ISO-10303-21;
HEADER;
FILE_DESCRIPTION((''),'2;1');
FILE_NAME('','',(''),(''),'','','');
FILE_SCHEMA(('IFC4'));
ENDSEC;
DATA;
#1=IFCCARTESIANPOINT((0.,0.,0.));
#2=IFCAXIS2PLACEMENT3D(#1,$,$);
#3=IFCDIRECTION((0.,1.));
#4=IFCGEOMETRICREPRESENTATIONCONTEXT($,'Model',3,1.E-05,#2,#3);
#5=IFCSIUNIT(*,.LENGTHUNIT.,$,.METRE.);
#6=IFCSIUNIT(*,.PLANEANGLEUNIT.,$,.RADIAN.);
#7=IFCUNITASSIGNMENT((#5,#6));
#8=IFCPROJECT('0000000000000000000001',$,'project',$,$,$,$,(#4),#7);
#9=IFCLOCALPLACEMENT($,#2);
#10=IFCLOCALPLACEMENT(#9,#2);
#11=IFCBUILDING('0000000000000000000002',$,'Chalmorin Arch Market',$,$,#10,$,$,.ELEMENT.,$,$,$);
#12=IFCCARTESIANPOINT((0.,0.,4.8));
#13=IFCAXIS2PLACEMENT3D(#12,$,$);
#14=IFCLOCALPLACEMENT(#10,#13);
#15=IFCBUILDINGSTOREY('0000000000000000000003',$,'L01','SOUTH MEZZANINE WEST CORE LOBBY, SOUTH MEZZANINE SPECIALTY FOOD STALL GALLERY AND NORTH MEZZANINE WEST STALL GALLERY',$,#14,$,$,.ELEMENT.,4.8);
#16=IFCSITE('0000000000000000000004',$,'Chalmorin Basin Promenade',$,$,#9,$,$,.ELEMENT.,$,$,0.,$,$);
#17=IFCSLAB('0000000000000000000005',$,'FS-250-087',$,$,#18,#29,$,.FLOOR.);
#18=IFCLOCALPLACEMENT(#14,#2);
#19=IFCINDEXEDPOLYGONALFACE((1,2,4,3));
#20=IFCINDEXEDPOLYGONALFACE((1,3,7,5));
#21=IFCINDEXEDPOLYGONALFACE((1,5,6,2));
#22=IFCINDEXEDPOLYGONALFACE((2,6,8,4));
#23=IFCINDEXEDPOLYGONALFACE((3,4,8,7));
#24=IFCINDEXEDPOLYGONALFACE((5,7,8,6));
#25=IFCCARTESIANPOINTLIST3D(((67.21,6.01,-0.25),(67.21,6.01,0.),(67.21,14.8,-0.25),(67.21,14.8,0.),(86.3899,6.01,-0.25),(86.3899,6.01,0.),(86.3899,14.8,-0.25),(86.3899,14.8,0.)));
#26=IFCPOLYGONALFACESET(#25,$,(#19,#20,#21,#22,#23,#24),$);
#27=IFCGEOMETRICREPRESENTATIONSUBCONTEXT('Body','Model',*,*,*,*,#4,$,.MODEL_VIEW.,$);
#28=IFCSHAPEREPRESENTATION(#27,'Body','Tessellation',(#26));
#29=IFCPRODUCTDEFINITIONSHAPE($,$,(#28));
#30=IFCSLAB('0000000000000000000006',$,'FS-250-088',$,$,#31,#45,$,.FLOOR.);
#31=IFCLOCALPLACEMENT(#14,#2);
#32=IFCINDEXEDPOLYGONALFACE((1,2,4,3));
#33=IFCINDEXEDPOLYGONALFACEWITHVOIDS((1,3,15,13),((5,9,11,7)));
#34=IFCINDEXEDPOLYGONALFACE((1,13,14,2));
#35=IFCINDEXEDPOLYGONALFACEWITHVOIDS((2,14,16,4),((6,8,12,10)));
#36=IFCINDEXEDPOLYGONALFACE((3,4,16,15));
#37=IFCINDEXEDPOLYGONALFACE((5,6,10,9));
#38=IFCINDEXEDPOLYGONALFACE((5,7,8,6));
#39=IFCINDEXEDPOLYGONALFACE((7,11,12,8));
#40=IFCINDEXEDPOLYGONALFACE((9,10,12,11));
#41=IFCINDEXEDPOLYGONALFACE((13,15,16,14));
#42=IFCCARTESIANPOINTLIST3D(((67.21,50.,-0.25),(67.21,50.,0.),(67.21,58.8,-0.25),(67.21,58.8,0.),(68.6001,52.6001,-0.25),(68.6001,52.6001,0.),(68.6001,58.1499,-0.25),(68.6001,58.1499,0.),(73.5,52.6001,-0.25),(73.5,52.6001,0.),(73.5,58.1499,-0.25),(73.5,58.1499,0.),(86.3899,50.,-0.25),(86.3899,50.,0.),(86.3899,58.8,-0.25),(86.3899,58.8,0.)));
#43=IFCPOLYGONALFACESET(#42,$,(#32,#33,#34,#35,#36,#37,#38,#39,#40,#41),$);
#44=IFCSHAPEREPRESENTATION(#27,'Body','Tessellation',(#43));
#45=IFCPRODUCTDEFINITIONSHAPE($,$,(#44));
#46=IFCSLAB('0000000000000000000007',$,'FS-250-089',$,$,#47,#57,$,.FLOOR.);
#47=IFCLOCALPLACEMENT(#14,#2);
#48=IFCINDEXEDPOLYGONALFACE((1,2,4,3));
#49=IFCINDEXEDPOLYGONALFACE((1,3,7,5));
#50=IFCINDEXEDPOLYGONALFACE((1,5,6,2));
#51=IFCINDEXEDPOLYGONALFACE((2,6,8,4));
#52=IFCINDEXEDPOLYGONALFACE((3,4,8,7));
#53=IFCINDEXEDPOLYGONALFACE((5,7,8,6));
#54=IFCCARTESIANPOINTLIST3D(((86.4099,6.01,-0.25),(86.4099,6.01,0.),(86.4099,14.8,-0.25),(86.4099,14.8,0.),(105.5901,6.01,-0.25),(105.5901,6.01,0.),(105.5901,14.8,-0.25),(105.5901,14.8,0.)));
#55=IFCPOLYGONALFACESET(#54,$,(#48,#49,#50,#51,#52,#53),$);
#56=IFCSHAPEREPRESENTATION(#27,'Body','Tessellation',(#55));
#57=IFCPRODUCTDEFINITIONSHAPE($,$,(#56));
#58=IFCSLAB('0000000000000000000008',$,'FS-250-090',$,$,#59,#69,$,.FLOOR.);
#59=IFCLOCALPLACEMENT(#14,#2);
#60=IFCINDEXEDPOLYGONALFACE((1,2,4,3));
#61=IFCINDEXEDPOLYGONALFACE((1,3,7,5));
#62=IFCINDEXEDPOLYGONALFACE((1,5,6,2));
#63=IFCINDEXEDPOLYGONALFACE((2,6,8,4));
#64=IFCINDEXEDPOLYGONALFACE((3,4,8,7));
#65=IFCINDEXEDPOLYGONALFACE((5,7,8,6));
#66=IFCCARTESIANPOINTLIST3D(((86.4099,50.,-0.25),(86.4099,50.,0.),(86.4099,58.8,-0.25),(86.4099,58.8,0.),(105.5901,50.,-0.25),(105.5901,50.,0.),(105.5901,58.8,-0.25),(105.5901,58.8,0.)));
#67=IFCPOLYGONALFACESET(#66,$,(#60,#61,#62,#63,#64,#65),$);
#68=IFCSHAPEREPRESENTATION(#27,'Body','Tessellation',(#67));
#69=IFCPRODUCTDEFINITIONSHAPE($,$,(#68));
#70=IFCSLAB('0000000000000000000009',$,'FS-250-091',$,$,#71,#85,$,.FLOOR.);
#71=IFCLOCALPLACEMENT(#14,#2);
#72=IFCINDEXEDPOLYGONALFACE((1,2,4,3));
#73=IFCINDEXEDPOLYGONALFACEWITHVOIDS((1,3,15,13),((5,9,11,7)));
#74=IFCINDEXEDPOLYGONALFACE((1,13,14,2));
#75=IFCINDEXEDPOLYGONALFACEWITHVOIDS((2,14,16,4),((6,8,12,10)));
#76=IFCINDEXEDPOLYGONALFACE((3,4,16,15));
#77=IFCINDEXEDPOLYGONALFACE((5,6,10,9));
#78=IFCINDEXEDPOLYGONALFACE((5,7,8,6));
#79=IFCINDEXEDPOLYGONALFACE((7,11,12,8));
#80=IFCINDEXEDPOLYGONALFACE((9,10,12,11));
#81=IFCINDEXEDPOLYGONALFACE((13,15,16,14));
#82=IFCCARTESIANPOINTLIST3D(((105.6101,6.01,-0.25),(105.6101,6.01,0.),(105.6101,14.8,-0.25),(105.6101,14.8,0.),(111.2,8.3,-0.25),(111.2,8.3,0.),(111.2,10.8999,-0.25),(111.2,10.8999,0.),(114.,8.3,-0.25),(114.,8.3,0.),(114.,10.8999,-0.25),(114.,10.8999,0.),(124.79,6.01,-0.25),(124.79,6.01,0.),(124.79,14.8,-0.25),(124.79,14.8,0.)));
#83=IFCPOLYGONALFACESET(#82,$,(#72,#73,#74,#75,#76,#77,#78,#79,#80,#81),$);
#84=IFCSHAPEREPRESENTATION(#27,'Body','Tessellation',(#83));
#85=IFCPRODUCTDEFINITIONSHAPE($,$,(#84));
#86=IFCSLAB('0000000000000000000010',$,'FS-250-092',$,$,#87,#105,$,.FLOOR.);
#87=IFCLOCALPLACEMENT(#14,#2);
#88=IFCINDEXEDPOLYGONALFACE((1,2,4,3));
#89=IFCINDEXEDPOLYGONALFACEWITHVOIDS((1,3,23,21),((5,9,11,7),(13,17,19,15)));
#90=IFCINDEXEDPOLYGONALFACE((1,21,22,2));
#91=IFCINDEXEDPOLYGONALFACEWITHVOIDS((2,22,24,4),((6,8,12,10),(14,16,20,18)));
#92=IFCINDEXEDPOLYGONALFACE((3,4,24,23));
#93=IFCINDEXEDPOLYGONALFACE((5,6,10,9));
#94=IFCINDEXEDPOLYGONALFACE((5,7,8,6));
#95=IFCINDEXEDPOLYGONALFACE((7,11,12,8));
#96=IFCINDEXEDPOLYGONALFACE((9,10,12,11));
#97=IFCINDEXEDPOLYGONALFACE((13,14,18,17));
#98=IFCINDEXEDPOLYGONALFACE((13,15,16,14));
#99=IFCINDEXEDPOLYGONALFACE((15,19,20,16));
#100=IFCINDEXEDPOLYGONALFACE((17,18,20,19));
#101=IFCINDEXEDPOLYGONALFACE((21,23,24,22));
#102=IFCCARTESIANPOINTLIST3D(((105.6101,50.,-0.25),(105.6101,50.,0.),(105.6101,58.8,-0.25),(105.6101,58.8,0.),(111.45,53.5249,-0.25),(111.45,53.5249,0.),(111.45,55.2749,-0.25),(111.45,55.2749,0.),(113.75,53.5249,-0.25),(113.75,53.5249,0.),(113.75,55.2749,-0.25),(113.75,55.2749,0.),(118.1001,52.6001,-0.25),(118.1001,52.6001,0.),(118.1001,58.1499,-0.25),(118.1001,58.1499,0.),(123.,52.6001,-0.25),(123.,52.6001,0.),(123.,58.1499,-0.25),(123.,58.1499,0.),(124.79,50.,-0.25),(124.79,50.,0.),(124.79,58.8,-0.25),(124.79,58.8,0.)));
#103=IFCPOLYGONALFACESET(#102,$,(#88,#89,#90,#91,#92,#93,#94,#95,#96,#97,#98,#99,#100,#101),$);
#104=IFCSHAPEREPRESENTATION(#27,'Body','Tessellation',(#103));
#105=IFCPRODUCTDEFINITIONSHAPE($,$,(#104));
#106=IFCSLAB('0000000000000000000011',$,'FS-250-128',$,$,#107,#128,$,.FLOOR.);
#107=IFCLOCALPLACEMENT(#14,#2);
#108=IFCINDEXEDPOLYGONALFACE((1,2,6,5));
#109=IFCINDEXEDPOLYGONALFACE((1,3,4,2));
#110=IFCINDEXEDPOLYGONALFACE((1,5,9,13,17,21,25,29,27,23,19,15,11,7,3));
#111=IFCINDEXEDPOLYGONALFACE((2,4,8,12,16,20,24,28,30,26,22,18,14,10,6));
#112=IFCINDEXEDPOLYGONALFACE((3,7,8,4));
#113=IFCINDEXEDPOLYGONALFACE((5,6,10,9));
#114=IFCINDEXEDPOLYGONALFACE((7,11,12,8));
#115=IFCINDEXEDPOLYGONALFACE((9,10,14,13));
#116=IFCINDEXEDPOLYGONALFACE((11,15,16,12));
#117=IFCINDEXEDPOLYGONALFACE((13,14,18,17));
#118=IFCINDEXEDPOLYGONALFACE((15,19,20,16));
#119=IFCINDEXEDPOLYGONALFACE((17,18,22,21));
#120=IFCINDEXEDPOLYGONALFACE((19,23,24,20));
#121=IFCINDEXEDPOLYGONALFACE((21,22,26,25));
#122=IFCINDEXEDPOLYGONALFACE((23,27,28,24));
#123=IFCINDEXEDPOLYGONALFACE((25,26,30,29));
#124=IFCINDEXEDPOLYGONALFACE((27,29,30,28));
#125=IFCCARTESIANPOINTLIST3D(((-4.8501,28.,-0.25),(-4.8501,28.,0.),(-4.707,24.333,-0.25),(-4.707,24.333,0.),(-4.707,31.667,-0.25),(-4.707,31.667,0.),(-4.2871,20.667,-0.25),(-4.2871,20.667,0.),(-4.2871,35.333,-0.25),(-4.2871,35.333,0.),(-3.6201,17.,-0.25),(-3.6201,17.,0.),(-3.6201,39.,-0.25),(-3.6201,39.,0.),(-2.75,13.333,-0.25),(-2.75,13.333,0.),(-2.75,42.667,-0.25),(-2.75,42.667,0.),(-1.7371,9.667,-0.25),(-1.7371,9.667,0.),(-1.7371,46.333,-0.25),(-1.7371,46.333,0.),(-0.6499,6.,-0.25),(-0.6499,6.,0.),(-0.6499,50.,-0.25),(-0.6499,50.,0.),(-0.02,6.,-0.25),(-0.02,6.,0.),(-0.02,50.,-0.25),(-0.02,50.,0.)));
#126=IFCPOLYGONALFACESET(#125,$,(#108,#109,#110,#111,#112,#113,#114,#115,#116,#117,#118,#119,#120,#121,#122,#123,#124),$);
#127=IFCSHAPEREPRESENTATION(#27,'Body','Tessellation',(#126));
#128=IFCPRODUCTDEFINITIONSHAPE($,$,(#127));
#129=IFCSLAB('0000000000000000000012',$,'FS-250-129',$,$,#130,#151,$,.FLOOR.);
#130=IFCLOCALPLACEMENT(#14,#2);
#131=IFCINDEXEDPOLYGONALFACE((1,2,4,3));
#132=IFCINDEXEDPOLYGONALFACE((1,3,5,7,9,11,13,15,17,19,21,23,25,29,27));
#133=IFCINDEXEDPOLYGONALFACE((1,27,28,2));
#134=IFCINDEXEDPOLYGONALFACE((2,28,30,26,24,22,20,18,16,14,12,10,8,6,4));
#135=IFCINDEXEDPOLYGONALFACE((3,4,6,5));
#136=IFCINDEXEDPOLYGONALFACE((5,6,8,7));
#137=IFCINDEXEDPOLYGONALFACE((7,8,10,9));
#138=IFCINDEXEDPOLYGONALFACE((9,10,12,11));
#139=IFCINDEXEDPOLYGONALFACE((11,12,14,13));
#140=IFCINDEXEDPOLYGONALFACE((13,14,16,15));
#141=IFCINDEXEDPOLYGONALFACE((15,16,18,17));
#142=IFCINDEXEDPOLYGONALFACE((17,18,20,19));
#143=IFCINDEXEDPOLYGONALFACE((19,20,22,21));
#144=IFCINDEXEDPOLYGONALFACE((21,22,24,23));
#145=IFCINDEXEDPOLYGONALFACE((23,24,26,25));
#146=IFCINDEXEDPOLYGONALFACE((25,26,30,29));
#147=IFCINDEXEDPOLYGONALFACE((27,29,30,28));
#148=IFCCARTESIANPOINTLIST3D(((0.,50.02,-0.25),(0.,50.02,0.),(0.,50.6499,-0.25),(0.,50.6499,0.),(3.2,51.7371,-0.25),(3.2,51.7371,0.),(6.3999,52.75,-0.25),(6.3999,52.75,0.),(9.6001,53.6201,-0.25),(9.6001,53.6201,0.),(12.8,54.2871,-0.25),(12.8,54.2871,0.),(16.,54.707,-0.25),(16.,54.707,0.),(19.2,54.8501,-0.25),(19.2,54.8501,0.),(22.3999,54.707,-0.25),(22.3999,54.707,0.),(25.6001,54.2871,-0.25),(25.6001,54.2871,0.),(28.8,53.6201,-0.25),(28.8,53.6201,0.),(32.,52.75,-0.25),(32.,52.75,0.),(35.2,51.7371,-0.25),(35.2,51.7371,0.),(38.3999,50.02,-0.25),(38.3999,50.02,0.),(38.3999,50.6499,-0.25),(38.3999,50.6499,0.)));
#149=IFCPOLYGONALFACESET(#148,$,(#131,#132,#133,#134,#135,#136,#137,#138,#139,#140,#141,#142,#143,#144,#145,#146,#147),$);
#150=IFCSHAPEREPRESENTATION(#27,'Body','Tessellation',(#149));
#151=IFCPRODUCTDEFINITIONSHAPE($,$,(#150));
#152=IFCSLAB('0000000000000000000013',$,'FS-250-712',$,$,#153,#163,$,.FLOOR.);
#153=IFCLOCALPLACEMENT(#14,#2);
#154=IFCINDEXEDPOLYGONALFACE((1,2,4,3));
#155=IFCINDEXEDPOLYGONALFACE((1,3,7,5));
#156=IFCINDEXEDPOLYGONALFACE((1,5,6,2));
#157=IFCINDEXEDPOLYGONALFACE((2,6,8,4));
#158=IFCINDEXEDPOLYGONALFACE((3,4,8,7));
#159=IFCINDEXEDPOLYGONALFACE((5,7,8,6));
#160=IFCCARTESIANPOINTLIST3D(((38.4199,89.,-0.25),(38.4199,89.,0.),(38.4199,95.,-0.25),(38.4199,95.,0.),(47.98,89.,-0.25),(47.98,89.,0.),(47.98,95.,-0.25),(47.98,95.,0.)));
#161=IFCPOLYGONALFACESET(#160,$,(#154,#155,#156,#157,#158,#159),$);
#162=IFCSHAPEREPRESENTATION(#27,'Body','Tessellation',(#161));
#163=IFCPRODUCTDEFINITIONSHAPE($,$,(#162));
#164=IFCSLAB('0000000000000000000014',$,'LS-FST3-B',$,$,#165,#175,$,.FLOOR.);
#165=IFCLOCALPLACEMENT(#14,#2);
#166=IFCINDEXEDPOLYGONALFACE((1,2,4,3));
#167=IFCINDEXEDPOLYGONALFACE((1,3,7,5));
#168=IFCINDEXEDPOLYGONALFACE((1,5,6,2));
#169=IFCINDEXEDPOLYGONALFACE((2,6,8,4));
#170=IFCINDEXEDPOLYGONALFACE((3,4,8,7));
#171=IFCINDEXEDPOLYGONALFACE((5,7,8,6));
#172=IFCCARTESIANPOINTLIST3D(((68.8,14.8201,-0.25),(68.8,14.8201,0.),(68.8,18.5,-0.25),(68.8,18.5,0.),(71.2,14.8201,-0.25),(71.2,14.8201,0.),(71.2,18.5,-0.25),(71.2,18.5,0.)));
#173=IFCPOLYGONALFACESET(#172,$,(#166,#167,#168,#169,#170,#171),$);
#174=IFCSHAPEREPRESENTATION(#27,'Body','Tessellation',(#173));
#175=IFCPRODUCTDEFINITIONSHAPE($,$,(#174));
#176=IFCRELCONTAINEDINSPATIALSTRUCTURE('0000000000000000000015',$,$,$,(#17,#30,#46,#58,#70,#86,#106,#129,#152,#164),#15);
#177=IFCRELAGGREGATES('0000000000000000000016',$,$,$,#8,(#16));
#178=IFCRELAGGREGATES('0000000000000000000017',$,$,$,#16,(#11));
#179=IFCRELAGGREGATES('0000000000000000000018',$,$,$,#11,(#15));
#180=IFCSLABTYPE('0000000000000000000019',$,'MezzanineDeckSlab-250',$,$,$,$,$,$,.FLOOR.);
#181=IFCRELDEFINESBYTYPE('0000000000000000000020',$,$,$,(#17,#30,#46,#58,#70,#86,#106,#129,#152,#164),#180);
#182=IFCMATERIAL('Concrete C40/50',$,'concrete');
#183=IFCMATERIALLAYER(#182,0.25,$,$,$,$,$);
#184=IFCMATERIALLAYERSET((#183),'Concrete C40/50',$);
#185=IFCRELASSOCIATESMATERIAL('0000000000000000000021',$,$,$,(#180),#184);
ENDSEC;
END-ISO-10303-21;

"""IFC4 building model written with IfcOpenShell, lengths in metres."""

from ifc_helpers import new_model, si_unit, direction, frame, origin, place, context, subcontext, project, spatial, polyline, outline, extrude, material, layer, layer_set, type_object, element, save


model = new_model("IFC4")

# Units and contexts
model_context = context("Model", 3, precision=1e-05, world=origin(), true_north=direction((0.0, 1.0)))
body_context = subcontext(model_context, "Body", "Model", "MODEL_VIEW")
ifc_project = project(units=[si_unit("LENGTHUNIT", "METRE"), si_unit("PLANEANGLEUNIT", "RADIAN")], contexts=[model_context])

# Site, building, storey
site_placement = place(None, origin())
site = spatial("IfcSite", under=ifc_project, at=site_placement, Name="Chalmorin Basin Promenade", CompositionType="ELEMENT", RefElevation=0.0)
building_placement = place(site_placement, origin())
building = spatial("IfcBuilding", under=site, at=building_placement, Name="Chalmorin Arch Market", CompositionType="ELEMENT")
storey_placement = place(building_placement, frame((0.0, 0.0, 4.8)))
storey = spatial("IfcBuildingStorey", under=building, at=storey_placement, Name="L01", Description="SOUTH MEZZANINE WEST CORE LOBBY, SOUTH MEZZANINE SPECIALTY FOOD STALL GALLERY AND NORTH MEZZANINE WEST STALL GALLERY", CompositionType="ELEMENT", Elevation=4.8)

# Shared definitions
ifc_material_1 = material(Name="Concrete C40/50", Category="concrete")

# Slabs
ifc_layer_1 = layer(ifc_material_1, 0.25)
ifc_layer_set_1 = layer_set([ifc_layer_1], Name="Concrete C40/50")
slab_type_1 = type_object("IfcSlabType", Name="MezzanineDeckSlab-250", PredefinedType="FLOOR", material=ifc_layer_set_1)
slab_1_placement = place(storey_placement, frame((0.0, 0.0, -0.25)))
element("IfcSlab", 1, at=slab_1_placement, inside=storey, type_object=slab_type_1, Name="FS-250-087", PredefinedType="FLOOR", context=body_context, shape_type="SweptSolid", body=[
    extrude(outline(polyline([(67.21, 6.01), (86.3899, 6.01), (86.3899, 14.8), (67.21, 14.8), (67.21, 6.01)])), origin(), (0.0, 0.0, 1.0), 0.25),
])
slab_2_placement = place(storey_placement, frame((0.0, 0.0, -0.25)))
element("IfcSlab", 2, at=slab_2_placement, inside=storey, type_object=slab_type_1, Name="FS-250-088", PredefinedType="FLOOR", context=body_context, shape_type="SweptSolid", body=[
    extrude(outline(polyline([(67.21, 50.0), (86.3899, 50.0), (86.3899, 58.8), (67.21, 58.8), (67.21, 50.0)]), holes=[polyline([(68.6001, 52.6001), (73.5, 52.6001), (73.5, 58.1499), (68.6001, 58.1499), (68.6001, 52.6001)])]), origin(), (0.0, 0.0, 1.0), 0.25),
])
slab_3_placement = place(storey_placement, frame((0.0, 0.0, -0.25)))
element("IfcSlab", 3, at=slab_3_placement, inside=storey, type_object=slab_type_1, Name="FS-250-089", PredefinedType="FLOOR", context=body_context, shape_type="SweptSolid", body=[
    extrude(outline(polyline([(86.4099, 6.01), (105.5901, 6.01), (105.5901, 14.8), (86.4099, 14.8), (86.4099, 6.01)])), origin(), (0.0, 0.0, 1.0), 0.25),
])
slab_4_placement = place(storey_placement, frame((0.0, 0.0, -0.25)))
element("IfcSlab", 4, at=slab_4_placement, inside=storey, type_object=slab_type_1, Name="FS-250-090", PredefinedType="FLOOR", context=body_context, shape_type="SweptSolid", body=[
    extrude(outline(polyline([(86.4099, 50.0), (105.5901, 50.0), (105.5901, 58.8), (86.4099, 58.8), (86.4099, 50.0)])), origin(), (0.0, 0.0, 1.0), 0.25),
])
slab_5_placement = place(storey_placement, frame((0.0, 0.0, -0.25)))
element("IfcSlab", 5, at=slab_5_placement, inside=storey, type_object=slab_type_1, Name="FS-250-091", PredefinedType="FLOOR", context=body_context, shape_type="SweptSolid", body=[
    extrude(outline(polyline([(105.6101, 6.01), (124.79, 6.01), (124.79, 14.8), (105.6101, 14.8), (105.6101, 6.01)]), holes=[polyline([(111.2, 8.3), (114.0, 8.3), (114.0, 10.8999), (111.2, 10.8999), (111.2, 8.3)])]), origin(), (0.0, 0.0, 1.0), 0.25),
])
slab_6_placement = place(storey_placement, frame((0.0, 0.0, -0.25)))
element("IfcSlab", 6, at=slab_6_placement, inside=storey, type_object=slab_type_1, Name="FS-250-092", PredefinedType="FLOOR", context=body_context, shape_type="SweptSolid", body=[
    extrude(outline(polyline([(105.6101, 50.0), (124.79, 50.0), (124.79, 58.8), (105.6101, 58.8), (105.6101, 50.0)]), holes=[polyline([(118.1001, 52.6001), (123.0, 52.6001), (123.0, 58.1499), (118.1001, 58.1499), (118.1001, 52.6001)]), polyline([(111.45, 53.5249), (113.75, 53.5249), (113.75, 55.2749), (111.45, 55.2749), (111.45, 53.5249)])]), origin(), (0.0, 0.0, 1.0), 0.25),
])
slab_7_placement = place(storey_placement, frame((0.0, 0.0, -0.25)))
element("IfcSlab", 7, at=slab_7_placement, inside=storey, type_object=slab_type_1, Name="FS-250-128", PredefinedType="FLOOR", context=body_context, shape_type="SweptSolid", body=[
    extrude(outline(polyline([(-0.02, 6.0), (-0.6499, 6.0), (-1.7371, 9.667), (-2.75, 13.333), (-3.6201, 17.0), (-4.2871, 20.667), (-4.707, 24.333), (-4.8501, 28.0), (-4.707, 31.667), (-4.2871, 35.333), (-3.6201, 39.0), (-2.75, 42.667), (-1.7371, 46.333), (-0.6499, 50.0), (-0.02, 50.0), (-0.02, 6.0)])), origin(), (0.0, 0.0, 1.0), 0.25),
])
slab_8_placement = place(storey_placement, frame((0.0, 0.0, -0.25)))
element("IfcSlab", 8, at=slab_8_placement, inside=storey, type_object=slab_type_1, Name="FS-250-129", PredefinedType="FLOOR", context=body_context, shape_type="SweptSolid", body=[
    extrude(outline(polyline([(0.0, 50.02), (0.0, 50.6499), (3.2, 51.7371), (6.3999, 52.75), (9.6001, 53.6201), (12.8, 54.2871), (16.0, 54.707), (19.2, 54.8501), (22.3999, 54.707), (25.6001, 54.2871), (28.8, 53.6201), (32.0, 52.75), (35.2, 51.7371), (38.3999, 50.6499), (38.3999, 50.02), (0.0, 50.02)])), origin(), (0.0, 0.0, 1.0), 0.25),
])
slab_9_placement = place(storey_placement, frame((0.0, 0.0, -0.25)))
element("IfcSlab", 9, at=slab_9_placement, inside=storey, type_object=slab_type_1, Name="FS-250-712", PredefinedType="FLOOR", context=body_context, shape_type="SweptSolid", body=[
    extrude(outline(polyline([(38.4199, 89.0), (47.98, 89.0), (47.98, 95.0), (38.4199, 95.0), (38.4199, 89.0)])), origin(), (0.0, 0.0, 1.0), 0.25),
])
slab_10_placement = place(storey_placement, frame((0.0, 0.0, -0.25)))
element("IfcSlab", 10, at=slab_10_placement, inside=storey, type_object=slab_type_1, Name="LS-FST3-B", PredefinedType="FLOOR", context=body_context, shape_type="SweptSolid", body=[
    extrude(outline(polyline([(68.8, 14.8201), (71.2, 14.8201), (71.2, 18.5), (68.8, 18.5), (68.8, 14.8201)])), origin(), (0.0, 0.0, 1.0), 0.25),
])

save(model, "model.ifc")
